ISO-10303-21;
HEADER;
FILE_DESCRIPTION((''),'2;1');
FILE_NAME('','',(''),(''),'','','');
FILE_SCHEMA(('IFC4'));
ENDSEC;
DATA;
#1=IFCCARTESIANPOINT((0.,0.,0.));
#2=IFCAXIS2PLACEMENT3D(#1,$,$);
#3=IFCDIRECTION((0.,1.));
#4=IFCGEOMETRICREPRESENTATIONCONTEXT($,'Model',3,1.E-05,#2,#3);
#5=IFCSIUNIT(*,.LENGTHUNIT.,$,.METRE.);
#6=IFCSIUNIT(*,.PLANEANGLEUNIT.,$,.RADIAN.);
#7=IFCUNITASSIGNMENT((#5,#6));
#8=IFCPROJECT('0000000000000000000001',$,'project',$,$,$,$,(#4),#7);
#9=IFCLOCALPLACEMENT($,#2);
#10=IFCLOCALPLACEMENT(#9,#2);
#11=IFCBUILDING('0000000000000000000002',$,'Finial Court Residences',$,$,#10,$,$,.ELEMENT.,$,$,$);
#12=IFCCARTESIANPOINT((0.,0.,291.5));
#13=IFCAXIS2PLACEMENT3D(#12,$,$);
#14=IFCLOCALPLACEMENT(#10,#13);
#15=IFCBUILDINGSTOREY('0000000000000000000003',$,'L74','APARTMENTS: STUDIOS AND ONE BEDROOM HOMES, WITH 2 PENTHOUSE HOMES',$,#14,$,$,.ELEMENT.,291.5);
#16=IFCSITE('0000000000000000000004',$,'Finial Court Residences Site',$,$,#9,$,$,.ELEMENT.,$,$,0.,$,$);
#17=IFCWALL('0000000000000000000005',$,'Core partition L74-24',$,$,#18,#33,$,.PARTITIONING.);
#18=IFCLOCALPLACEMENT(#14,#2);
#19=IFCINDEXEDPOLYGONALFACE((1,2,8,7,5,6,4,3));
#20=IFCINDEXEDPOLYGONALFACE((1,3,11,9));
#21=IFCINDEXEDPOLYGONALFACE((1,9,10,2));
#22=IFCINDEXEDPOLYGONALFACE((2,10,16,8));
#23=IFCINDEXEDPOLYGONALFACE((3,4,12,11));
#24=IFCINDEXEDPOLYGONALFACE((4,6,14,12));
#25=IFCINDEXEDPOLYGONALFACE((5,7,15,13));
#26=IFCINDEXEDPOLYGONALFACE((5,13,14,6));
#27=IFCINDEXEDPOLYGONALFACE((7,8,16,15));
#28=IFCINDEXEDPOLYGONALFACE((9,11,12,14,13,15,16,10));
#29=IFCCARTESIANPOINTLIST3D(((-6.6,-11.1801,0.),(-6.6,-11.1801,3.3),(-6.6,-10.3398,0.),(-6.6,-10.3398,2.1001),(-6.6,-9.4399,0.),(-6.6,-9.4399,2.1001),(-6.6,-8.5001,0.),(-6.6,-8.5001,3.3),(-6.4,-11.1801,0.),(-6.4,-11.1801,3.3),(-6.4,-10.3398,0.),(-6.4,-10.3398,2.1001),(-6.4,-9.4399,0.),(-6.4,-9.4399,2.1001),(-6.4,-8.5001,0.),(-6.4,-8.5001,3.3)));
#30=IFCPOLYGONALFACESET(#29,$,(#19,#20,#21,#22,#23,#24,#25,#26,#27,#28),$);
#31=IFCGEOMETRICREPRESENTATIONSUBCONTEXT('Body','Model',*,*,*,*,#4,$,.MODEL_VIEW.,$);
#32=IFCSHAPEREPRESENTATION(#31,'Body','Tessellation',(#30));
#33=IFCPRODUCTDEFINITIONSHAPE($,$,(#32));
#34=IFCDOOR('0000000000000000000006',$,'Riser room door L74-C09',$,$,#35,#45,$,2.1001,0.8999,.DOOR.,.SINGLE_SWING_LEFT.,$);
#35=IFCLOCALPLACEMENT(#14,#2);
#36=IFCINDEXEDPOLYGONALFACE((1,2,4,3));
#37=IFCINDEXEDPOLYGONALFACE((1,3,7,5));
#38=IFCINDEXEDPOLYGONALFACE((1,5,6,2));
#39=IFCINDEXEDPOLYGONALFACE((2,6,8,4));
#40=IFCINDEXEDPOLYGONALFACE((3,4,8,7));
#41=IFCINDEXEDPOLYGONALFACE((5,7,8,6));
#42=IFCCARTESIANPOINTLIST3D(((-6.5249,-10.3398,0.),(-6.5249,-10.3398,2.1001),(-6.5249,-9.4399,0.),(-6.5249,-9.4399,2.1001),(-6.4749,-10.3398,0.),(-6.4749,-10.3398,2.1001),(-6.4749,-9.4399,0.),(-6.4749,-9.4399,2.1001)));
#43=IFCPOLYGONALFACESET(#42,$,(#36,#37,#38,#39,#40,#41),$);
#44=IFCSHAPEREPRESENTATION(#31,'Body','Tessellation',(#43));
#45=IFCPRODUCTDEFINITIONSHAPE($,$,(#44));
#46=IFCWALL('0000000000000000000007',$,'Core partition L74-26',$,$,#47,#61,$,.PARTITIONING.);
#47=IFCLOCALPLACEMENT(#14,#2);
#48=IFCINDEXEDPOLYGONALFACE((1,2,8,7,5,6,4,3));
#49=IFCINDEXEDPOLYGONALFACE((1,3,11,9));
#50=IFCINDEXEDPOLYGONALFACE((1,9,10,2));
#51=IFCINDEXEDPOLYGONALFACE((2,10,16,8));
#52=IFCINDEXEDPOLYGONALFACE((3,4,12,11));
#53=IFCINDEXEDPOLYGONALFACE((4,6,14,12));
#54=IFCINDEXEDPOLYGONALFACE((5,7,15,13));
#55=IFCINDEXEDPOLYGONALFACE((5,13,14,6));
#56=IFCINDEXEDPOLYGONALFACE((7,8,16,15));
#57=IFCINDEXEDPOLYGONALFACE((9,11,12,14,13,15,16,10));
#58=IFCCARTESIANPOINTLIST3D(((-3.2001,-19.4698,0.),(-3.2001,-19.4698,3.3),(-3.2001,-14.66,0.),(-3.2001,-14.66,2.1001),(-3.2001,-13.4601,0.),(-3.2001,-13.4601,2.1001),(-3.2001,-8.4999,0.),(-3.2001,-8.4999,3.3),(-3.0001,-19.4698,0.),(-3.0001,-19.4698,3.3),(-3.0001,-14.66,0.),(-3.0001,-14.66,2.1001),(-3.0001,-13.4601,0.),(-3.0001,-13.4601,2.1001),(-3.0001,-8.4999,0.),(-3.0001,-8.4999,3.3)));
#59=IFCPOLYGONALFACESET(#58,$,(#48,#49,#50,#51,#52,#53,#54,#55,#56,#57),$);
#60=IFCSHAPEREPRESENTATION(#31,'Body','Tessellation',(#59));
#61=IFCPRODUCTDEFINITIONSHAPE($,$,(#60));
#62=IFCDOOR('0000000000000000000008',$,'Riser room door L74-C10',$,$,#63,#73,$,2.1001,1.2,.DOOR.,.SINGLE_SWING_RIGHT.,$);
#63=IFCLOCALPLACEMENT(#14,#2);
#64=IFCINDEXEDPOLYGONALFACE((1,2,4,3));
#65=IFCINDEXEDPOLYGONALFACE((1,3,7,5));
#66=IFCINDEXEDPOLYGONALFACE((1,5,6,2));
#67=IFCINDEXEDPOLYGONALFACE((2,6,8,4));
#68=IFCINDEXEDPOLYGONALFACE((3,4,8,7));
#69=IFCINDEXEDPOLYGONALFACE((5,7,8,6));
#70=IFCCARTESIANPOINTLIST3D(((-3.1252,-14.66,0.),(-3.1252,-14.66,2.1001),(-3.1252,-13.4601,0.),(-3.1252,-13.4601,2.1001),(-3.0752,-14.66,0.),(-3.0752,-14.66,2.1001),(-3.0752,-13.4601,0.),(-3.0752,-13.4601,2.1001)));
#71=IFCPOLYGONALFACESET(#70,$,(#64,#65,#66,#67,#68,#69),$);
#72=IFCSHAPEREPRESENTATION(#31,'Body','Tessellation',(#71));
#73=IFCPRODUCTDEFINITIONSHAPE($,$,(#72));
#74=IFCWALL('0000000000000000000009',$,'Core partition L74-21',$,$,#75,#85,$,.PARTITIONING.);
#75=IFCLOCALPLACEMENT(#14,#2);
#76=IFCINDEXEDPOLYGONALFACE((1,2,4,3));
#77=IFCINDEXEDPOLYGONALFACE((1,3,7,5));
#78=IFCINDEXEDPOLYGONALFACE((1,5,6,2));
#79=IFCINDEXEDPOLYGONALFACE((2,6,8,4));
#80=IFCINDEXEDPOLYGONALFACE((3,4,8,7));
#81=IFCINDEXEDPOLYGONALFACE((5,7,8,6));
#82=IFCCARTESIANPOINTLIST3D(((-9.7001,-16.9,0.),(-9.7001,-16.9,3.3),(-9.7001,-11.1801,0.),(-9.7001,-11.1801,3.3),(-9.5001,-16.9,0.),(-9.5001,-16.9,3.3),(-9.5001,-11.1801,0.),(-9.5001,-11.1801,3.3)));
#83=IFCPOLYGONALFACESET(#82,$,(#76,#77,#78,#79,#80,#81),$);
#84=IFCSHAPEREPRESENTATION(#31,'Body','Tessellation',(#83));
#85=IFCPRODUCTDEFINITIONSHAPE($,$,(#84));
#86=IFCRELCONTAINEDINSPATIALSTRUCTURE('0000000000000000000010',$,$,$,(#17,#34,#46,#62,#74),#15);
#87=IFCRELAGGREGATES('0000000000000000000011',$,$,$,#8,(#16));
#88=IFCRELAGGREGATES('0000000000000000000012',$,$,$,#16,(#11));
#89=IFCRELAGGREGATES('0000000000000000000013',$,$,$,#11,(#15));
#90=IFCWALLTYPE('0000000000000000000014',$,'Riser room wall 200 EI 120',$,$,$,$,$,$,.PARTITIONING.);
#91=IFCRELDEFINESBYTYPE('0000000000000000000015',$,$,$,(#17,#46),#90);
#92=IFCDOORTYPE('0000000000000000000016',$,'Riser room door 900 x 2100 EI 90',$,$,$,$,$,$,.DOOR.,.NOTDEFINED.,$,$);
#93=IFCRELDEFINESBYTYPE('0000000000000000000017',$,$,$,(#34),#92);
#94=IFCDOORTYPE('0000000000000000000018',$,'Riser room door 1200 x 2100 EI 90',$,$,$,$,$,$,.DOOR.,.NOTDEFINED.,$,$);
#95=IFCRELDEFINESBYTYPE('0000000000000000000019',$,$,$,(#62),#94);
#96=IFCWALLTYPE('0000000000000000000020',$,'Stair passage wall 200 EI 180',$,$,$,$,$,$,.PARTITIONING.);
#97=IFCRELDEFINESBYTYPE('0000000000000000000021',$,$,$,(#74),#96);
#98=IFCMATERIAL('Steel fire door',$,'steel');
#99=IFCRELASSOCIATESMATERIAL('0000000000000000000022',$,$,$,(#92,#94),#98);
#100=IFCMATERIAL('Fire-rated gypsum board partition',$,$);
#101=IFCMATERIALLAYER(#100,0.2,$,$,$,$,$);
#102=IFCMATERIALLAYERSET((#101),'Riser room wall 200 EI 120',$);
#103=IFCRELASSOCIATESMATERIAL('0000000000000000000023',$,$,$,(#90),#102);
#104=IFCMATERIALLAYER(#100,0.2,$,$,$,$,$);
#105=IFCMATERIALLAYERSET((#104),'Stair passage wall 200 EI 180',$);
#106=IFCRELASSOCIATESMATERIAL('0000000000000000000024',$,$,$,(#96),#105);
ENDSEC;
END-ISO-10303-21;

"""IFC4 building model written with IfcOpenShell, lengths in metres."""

from ifc_helpers import new_model, si_unit, direction, frame, frame_2d, origin, place, context, subcontext, project, spatial, rectangle, extrude, material, layer, layer_set, type_object, element, fill, save


model = new_model("IFC4")

# Units and contexts
model_context = context("Model", 3, precision=1e-05, world=origin(), true_north=direction((0.0, 1.0)))
body_context = subcontext(model_context, "Body", "Model", "MODEL_VIEW")
ifc_project = project(units=[si_unit("LENGTHUNIT", "METRE"), si_unit("PLANEANGLEUNIT", "RADIAN")], contexts=[model_context])

# Site, building, storey
site_placement = place(None, origin())
site = spatial("IfcSite", under=ifc_project, at=site_placement, Name="Finial Court Residences Site", CompositionType="ELEMENT", RefElevation=0.0)
building_placement = place(site_placement, origin())
building = spatial("IfcBuilding", under=site, at=building_placement, Name="Finial Court Residences", CompositionType="ELEMENT")
storey_placement = place(building_placement, frame((0.0, 0.0, 291.5)))
storey = spatial("IfcBuildingStorey", under=building, at=storey_placement, Name="L74", Description="APARTMENTS: STUDIOS AND ONE BEDROOM HOMES, WITH 2 PENTHOUSE HOMES", CompositionType="ELEMENT", Elevation=291.5)

# Shared definitions
ifc_material_1 = material(Name="Steel fire door", Category="steel")
door_type_1 = type_object("IfcDoorType", Name="Riser room door 900 x 2100 EI 90", OperationType="NOTDEFINED", PredefinedType="DOOR", material=ifc_material_1)

# Shared definitions
ifc_material_2 = material(Name="Fire-rated gypsum board partition")
ifc_layer_1 = layer(ifc_material_2, 0.2)
ifc_layer_set_1 = layer_set([ifc_layer_1], Name="Riser room wall 200 EI 120")
wall_type_1 = type_object("IfcWallType", Name="Riser room wall 200 EI 120", PredefinedType="PARTITIONING", material=ifc_layer_set_1)

# Walls, openings, doors
wall_1_placement = place(storey_placement, frame((-6.5, -11.1799, 0.0), z_axis=(0.0, 0.0, 1.0), x_axis=(0.0, 1.0, 0.0)))
wall_1 = element("IfcWall", 1, at=wall_1_placement, inside=storey, type_object=wall_type_1, Name="Core partition L74-24", PredefinedType="PARTITIONING", context=body_context, shape_type="SweptSolid", body=[
    extrude(rectangle(XDim=2.6799, YDim=0.2, at=frame_2d((1.3398, 0.0))), origin(), (0.0, 0.0, 1.0), 3.3),
])
opening_1_placement = place(wall_1_placement, frame((0.8401, 0.0, 0.0)))
opening_1 = element("IfcOpeningElement", 2, at=opening_1_placement, cuts=wall_1, PredefinedType="OPENING", context=body_context, shape_type="SweptSolid", body=[
    extrude(rectangle(XDim=0.8999, YDim=2.1001, at=frame_2d((0.45, 1.05))), frame((0.0, 0.1099, 0.0), z_axis=(0.0, -1.0, 0.0), x_axis=(1.0, 0.0, 0.0)), (0.0, 0.0, 1.0), 0.22),
])
door_1_placement = place(opening_1_placement, origin())
door_1 = element("IfcDoor", 3, at=door_1_placement, inside=storey, type_object=door_type_1, Name="Riser room door L74-C09", OperationType="SINGLE_SWING_LEFT", OverallHeight=2.1001, OverallWidth=0.8999, PredefinedType="DOOR", context=body_context, shape_type="SweptSolid", body=[
    extrude(rectangle(XDim=0.8999, YDim=2.1001, at=frame_2d((0.45, 1.05))), frame((0.0, 0.0249, 0.0), z_axis=(0.0, -1.0, 0.0), x_axis=(1.0, 0.0, 0.0)), (0.0, 0.0, 1.0), 0.05),
])
fill(opening_1, door_1)
wall_2_placement = place(storey_placement, frame((-3.1001, -8.5, 0.0), z_axis=(0.0, 0.0, 1.0), x_axis=(0.0, -1.0, 0.0)))
wall_2 = element("IfcWall", 4, at=wall_2_placement, inside=storey, type_object=wall_type_1, Name="Core partition L74-26", PredefinedType="PARTITIONING", context=body_context, shape_type="SweptSolid", body=[
    extrude(rectangle(XDim=10.97, YDim=0.2, at=frame_2d((5.4849, 0.0))), origin(), (0.0, 0.0, 1.0), 3.3),
])
opening_2_placement = place(wall_2_placement, frame((4.96, 0.0, 0.0)))
opening_2 = element("IfcOpeningElement", 5, at=opening_2_placement, cuts=wall_2, PredefinedType="OPENING", context=body_context, shape_type="SweptSolid", body=[
    extrude(rectangle(XDim=1.2, YDim=2.1001, at=frame_2d((0.6001, 1.05))), frame((0.0, 0.1099, 0.0), z_axis=(0.0, -1.0, 0.0), x_axis=(1.0, 0.0, 0.0)), (0.0, 0.0, 1.0), 0.22),
])
door_type_2 = type_object("IfcDoorType", Name="Riser room door 1200 x 2100 EI 90", OperationType="NOTDEFINED", PredefinedType="DOOR", material=ifc_material_1)
door_2_placement = place(opening_2_placement, origin())
door_2 = element("IfcDoor", 6, at=door_2_placement, inside=storey, type_object=door_type_2, Name="Riser room door L74-C10", OperationType="SINGLE_SWING_RIGHT", OverallHeight=2.1001, OverallWidth=1.2, PredefinedType="DOOR", context=body_context, shape_type="SweptSolid", body=[
    extrude(rectangle(XDim=1.2, YDim=2.1001, at=frame_2d((0.6001, 1.05))), frame((0.0, 0.0249, 0.0), z_axis=(0.0, -1.0, 0.0), x_axis=(1.0, 0.0, 0.0)), (0.0, 0.0, 1.0), 0.05),
])
fill(opening_2, door_2)

# Wall
ifc_layer_2 = layer(ifc_material_2, 0.2)
ifc_layer_set_2 = layer_set([ifc_layer_2], Name="Stair passage wall 200 EI 180")
wall_type_2 = type_object("IfcWallType", Name="Stair passage wall 200 EI 180", PredefinedType="PARTITIONING", material=ifc_layer_set_2)
wall_3_placement = place(storey_placement, frame((-9.6001, -16.8999, 0.0), z_axis=(0.0, 0.0, 1.0), x_axis=(0.0, 1.0, 0.0)))
element("IfcWall", 7, at=wall_3_placement, inside=storey, type_object=wall_type_2, Name="Core partition L74-21", PredefinedType="PARTITIONING", context=body_context, shape_type="SweptSolid", body=[
    extrude(rectangle(XDim=5.72, YDim=0.2, at=frame_2d((2.8599, 0.0))), origin(), (0.0, 0.0, 1.0), 3.3),
])

save(model, "model.ifc")
